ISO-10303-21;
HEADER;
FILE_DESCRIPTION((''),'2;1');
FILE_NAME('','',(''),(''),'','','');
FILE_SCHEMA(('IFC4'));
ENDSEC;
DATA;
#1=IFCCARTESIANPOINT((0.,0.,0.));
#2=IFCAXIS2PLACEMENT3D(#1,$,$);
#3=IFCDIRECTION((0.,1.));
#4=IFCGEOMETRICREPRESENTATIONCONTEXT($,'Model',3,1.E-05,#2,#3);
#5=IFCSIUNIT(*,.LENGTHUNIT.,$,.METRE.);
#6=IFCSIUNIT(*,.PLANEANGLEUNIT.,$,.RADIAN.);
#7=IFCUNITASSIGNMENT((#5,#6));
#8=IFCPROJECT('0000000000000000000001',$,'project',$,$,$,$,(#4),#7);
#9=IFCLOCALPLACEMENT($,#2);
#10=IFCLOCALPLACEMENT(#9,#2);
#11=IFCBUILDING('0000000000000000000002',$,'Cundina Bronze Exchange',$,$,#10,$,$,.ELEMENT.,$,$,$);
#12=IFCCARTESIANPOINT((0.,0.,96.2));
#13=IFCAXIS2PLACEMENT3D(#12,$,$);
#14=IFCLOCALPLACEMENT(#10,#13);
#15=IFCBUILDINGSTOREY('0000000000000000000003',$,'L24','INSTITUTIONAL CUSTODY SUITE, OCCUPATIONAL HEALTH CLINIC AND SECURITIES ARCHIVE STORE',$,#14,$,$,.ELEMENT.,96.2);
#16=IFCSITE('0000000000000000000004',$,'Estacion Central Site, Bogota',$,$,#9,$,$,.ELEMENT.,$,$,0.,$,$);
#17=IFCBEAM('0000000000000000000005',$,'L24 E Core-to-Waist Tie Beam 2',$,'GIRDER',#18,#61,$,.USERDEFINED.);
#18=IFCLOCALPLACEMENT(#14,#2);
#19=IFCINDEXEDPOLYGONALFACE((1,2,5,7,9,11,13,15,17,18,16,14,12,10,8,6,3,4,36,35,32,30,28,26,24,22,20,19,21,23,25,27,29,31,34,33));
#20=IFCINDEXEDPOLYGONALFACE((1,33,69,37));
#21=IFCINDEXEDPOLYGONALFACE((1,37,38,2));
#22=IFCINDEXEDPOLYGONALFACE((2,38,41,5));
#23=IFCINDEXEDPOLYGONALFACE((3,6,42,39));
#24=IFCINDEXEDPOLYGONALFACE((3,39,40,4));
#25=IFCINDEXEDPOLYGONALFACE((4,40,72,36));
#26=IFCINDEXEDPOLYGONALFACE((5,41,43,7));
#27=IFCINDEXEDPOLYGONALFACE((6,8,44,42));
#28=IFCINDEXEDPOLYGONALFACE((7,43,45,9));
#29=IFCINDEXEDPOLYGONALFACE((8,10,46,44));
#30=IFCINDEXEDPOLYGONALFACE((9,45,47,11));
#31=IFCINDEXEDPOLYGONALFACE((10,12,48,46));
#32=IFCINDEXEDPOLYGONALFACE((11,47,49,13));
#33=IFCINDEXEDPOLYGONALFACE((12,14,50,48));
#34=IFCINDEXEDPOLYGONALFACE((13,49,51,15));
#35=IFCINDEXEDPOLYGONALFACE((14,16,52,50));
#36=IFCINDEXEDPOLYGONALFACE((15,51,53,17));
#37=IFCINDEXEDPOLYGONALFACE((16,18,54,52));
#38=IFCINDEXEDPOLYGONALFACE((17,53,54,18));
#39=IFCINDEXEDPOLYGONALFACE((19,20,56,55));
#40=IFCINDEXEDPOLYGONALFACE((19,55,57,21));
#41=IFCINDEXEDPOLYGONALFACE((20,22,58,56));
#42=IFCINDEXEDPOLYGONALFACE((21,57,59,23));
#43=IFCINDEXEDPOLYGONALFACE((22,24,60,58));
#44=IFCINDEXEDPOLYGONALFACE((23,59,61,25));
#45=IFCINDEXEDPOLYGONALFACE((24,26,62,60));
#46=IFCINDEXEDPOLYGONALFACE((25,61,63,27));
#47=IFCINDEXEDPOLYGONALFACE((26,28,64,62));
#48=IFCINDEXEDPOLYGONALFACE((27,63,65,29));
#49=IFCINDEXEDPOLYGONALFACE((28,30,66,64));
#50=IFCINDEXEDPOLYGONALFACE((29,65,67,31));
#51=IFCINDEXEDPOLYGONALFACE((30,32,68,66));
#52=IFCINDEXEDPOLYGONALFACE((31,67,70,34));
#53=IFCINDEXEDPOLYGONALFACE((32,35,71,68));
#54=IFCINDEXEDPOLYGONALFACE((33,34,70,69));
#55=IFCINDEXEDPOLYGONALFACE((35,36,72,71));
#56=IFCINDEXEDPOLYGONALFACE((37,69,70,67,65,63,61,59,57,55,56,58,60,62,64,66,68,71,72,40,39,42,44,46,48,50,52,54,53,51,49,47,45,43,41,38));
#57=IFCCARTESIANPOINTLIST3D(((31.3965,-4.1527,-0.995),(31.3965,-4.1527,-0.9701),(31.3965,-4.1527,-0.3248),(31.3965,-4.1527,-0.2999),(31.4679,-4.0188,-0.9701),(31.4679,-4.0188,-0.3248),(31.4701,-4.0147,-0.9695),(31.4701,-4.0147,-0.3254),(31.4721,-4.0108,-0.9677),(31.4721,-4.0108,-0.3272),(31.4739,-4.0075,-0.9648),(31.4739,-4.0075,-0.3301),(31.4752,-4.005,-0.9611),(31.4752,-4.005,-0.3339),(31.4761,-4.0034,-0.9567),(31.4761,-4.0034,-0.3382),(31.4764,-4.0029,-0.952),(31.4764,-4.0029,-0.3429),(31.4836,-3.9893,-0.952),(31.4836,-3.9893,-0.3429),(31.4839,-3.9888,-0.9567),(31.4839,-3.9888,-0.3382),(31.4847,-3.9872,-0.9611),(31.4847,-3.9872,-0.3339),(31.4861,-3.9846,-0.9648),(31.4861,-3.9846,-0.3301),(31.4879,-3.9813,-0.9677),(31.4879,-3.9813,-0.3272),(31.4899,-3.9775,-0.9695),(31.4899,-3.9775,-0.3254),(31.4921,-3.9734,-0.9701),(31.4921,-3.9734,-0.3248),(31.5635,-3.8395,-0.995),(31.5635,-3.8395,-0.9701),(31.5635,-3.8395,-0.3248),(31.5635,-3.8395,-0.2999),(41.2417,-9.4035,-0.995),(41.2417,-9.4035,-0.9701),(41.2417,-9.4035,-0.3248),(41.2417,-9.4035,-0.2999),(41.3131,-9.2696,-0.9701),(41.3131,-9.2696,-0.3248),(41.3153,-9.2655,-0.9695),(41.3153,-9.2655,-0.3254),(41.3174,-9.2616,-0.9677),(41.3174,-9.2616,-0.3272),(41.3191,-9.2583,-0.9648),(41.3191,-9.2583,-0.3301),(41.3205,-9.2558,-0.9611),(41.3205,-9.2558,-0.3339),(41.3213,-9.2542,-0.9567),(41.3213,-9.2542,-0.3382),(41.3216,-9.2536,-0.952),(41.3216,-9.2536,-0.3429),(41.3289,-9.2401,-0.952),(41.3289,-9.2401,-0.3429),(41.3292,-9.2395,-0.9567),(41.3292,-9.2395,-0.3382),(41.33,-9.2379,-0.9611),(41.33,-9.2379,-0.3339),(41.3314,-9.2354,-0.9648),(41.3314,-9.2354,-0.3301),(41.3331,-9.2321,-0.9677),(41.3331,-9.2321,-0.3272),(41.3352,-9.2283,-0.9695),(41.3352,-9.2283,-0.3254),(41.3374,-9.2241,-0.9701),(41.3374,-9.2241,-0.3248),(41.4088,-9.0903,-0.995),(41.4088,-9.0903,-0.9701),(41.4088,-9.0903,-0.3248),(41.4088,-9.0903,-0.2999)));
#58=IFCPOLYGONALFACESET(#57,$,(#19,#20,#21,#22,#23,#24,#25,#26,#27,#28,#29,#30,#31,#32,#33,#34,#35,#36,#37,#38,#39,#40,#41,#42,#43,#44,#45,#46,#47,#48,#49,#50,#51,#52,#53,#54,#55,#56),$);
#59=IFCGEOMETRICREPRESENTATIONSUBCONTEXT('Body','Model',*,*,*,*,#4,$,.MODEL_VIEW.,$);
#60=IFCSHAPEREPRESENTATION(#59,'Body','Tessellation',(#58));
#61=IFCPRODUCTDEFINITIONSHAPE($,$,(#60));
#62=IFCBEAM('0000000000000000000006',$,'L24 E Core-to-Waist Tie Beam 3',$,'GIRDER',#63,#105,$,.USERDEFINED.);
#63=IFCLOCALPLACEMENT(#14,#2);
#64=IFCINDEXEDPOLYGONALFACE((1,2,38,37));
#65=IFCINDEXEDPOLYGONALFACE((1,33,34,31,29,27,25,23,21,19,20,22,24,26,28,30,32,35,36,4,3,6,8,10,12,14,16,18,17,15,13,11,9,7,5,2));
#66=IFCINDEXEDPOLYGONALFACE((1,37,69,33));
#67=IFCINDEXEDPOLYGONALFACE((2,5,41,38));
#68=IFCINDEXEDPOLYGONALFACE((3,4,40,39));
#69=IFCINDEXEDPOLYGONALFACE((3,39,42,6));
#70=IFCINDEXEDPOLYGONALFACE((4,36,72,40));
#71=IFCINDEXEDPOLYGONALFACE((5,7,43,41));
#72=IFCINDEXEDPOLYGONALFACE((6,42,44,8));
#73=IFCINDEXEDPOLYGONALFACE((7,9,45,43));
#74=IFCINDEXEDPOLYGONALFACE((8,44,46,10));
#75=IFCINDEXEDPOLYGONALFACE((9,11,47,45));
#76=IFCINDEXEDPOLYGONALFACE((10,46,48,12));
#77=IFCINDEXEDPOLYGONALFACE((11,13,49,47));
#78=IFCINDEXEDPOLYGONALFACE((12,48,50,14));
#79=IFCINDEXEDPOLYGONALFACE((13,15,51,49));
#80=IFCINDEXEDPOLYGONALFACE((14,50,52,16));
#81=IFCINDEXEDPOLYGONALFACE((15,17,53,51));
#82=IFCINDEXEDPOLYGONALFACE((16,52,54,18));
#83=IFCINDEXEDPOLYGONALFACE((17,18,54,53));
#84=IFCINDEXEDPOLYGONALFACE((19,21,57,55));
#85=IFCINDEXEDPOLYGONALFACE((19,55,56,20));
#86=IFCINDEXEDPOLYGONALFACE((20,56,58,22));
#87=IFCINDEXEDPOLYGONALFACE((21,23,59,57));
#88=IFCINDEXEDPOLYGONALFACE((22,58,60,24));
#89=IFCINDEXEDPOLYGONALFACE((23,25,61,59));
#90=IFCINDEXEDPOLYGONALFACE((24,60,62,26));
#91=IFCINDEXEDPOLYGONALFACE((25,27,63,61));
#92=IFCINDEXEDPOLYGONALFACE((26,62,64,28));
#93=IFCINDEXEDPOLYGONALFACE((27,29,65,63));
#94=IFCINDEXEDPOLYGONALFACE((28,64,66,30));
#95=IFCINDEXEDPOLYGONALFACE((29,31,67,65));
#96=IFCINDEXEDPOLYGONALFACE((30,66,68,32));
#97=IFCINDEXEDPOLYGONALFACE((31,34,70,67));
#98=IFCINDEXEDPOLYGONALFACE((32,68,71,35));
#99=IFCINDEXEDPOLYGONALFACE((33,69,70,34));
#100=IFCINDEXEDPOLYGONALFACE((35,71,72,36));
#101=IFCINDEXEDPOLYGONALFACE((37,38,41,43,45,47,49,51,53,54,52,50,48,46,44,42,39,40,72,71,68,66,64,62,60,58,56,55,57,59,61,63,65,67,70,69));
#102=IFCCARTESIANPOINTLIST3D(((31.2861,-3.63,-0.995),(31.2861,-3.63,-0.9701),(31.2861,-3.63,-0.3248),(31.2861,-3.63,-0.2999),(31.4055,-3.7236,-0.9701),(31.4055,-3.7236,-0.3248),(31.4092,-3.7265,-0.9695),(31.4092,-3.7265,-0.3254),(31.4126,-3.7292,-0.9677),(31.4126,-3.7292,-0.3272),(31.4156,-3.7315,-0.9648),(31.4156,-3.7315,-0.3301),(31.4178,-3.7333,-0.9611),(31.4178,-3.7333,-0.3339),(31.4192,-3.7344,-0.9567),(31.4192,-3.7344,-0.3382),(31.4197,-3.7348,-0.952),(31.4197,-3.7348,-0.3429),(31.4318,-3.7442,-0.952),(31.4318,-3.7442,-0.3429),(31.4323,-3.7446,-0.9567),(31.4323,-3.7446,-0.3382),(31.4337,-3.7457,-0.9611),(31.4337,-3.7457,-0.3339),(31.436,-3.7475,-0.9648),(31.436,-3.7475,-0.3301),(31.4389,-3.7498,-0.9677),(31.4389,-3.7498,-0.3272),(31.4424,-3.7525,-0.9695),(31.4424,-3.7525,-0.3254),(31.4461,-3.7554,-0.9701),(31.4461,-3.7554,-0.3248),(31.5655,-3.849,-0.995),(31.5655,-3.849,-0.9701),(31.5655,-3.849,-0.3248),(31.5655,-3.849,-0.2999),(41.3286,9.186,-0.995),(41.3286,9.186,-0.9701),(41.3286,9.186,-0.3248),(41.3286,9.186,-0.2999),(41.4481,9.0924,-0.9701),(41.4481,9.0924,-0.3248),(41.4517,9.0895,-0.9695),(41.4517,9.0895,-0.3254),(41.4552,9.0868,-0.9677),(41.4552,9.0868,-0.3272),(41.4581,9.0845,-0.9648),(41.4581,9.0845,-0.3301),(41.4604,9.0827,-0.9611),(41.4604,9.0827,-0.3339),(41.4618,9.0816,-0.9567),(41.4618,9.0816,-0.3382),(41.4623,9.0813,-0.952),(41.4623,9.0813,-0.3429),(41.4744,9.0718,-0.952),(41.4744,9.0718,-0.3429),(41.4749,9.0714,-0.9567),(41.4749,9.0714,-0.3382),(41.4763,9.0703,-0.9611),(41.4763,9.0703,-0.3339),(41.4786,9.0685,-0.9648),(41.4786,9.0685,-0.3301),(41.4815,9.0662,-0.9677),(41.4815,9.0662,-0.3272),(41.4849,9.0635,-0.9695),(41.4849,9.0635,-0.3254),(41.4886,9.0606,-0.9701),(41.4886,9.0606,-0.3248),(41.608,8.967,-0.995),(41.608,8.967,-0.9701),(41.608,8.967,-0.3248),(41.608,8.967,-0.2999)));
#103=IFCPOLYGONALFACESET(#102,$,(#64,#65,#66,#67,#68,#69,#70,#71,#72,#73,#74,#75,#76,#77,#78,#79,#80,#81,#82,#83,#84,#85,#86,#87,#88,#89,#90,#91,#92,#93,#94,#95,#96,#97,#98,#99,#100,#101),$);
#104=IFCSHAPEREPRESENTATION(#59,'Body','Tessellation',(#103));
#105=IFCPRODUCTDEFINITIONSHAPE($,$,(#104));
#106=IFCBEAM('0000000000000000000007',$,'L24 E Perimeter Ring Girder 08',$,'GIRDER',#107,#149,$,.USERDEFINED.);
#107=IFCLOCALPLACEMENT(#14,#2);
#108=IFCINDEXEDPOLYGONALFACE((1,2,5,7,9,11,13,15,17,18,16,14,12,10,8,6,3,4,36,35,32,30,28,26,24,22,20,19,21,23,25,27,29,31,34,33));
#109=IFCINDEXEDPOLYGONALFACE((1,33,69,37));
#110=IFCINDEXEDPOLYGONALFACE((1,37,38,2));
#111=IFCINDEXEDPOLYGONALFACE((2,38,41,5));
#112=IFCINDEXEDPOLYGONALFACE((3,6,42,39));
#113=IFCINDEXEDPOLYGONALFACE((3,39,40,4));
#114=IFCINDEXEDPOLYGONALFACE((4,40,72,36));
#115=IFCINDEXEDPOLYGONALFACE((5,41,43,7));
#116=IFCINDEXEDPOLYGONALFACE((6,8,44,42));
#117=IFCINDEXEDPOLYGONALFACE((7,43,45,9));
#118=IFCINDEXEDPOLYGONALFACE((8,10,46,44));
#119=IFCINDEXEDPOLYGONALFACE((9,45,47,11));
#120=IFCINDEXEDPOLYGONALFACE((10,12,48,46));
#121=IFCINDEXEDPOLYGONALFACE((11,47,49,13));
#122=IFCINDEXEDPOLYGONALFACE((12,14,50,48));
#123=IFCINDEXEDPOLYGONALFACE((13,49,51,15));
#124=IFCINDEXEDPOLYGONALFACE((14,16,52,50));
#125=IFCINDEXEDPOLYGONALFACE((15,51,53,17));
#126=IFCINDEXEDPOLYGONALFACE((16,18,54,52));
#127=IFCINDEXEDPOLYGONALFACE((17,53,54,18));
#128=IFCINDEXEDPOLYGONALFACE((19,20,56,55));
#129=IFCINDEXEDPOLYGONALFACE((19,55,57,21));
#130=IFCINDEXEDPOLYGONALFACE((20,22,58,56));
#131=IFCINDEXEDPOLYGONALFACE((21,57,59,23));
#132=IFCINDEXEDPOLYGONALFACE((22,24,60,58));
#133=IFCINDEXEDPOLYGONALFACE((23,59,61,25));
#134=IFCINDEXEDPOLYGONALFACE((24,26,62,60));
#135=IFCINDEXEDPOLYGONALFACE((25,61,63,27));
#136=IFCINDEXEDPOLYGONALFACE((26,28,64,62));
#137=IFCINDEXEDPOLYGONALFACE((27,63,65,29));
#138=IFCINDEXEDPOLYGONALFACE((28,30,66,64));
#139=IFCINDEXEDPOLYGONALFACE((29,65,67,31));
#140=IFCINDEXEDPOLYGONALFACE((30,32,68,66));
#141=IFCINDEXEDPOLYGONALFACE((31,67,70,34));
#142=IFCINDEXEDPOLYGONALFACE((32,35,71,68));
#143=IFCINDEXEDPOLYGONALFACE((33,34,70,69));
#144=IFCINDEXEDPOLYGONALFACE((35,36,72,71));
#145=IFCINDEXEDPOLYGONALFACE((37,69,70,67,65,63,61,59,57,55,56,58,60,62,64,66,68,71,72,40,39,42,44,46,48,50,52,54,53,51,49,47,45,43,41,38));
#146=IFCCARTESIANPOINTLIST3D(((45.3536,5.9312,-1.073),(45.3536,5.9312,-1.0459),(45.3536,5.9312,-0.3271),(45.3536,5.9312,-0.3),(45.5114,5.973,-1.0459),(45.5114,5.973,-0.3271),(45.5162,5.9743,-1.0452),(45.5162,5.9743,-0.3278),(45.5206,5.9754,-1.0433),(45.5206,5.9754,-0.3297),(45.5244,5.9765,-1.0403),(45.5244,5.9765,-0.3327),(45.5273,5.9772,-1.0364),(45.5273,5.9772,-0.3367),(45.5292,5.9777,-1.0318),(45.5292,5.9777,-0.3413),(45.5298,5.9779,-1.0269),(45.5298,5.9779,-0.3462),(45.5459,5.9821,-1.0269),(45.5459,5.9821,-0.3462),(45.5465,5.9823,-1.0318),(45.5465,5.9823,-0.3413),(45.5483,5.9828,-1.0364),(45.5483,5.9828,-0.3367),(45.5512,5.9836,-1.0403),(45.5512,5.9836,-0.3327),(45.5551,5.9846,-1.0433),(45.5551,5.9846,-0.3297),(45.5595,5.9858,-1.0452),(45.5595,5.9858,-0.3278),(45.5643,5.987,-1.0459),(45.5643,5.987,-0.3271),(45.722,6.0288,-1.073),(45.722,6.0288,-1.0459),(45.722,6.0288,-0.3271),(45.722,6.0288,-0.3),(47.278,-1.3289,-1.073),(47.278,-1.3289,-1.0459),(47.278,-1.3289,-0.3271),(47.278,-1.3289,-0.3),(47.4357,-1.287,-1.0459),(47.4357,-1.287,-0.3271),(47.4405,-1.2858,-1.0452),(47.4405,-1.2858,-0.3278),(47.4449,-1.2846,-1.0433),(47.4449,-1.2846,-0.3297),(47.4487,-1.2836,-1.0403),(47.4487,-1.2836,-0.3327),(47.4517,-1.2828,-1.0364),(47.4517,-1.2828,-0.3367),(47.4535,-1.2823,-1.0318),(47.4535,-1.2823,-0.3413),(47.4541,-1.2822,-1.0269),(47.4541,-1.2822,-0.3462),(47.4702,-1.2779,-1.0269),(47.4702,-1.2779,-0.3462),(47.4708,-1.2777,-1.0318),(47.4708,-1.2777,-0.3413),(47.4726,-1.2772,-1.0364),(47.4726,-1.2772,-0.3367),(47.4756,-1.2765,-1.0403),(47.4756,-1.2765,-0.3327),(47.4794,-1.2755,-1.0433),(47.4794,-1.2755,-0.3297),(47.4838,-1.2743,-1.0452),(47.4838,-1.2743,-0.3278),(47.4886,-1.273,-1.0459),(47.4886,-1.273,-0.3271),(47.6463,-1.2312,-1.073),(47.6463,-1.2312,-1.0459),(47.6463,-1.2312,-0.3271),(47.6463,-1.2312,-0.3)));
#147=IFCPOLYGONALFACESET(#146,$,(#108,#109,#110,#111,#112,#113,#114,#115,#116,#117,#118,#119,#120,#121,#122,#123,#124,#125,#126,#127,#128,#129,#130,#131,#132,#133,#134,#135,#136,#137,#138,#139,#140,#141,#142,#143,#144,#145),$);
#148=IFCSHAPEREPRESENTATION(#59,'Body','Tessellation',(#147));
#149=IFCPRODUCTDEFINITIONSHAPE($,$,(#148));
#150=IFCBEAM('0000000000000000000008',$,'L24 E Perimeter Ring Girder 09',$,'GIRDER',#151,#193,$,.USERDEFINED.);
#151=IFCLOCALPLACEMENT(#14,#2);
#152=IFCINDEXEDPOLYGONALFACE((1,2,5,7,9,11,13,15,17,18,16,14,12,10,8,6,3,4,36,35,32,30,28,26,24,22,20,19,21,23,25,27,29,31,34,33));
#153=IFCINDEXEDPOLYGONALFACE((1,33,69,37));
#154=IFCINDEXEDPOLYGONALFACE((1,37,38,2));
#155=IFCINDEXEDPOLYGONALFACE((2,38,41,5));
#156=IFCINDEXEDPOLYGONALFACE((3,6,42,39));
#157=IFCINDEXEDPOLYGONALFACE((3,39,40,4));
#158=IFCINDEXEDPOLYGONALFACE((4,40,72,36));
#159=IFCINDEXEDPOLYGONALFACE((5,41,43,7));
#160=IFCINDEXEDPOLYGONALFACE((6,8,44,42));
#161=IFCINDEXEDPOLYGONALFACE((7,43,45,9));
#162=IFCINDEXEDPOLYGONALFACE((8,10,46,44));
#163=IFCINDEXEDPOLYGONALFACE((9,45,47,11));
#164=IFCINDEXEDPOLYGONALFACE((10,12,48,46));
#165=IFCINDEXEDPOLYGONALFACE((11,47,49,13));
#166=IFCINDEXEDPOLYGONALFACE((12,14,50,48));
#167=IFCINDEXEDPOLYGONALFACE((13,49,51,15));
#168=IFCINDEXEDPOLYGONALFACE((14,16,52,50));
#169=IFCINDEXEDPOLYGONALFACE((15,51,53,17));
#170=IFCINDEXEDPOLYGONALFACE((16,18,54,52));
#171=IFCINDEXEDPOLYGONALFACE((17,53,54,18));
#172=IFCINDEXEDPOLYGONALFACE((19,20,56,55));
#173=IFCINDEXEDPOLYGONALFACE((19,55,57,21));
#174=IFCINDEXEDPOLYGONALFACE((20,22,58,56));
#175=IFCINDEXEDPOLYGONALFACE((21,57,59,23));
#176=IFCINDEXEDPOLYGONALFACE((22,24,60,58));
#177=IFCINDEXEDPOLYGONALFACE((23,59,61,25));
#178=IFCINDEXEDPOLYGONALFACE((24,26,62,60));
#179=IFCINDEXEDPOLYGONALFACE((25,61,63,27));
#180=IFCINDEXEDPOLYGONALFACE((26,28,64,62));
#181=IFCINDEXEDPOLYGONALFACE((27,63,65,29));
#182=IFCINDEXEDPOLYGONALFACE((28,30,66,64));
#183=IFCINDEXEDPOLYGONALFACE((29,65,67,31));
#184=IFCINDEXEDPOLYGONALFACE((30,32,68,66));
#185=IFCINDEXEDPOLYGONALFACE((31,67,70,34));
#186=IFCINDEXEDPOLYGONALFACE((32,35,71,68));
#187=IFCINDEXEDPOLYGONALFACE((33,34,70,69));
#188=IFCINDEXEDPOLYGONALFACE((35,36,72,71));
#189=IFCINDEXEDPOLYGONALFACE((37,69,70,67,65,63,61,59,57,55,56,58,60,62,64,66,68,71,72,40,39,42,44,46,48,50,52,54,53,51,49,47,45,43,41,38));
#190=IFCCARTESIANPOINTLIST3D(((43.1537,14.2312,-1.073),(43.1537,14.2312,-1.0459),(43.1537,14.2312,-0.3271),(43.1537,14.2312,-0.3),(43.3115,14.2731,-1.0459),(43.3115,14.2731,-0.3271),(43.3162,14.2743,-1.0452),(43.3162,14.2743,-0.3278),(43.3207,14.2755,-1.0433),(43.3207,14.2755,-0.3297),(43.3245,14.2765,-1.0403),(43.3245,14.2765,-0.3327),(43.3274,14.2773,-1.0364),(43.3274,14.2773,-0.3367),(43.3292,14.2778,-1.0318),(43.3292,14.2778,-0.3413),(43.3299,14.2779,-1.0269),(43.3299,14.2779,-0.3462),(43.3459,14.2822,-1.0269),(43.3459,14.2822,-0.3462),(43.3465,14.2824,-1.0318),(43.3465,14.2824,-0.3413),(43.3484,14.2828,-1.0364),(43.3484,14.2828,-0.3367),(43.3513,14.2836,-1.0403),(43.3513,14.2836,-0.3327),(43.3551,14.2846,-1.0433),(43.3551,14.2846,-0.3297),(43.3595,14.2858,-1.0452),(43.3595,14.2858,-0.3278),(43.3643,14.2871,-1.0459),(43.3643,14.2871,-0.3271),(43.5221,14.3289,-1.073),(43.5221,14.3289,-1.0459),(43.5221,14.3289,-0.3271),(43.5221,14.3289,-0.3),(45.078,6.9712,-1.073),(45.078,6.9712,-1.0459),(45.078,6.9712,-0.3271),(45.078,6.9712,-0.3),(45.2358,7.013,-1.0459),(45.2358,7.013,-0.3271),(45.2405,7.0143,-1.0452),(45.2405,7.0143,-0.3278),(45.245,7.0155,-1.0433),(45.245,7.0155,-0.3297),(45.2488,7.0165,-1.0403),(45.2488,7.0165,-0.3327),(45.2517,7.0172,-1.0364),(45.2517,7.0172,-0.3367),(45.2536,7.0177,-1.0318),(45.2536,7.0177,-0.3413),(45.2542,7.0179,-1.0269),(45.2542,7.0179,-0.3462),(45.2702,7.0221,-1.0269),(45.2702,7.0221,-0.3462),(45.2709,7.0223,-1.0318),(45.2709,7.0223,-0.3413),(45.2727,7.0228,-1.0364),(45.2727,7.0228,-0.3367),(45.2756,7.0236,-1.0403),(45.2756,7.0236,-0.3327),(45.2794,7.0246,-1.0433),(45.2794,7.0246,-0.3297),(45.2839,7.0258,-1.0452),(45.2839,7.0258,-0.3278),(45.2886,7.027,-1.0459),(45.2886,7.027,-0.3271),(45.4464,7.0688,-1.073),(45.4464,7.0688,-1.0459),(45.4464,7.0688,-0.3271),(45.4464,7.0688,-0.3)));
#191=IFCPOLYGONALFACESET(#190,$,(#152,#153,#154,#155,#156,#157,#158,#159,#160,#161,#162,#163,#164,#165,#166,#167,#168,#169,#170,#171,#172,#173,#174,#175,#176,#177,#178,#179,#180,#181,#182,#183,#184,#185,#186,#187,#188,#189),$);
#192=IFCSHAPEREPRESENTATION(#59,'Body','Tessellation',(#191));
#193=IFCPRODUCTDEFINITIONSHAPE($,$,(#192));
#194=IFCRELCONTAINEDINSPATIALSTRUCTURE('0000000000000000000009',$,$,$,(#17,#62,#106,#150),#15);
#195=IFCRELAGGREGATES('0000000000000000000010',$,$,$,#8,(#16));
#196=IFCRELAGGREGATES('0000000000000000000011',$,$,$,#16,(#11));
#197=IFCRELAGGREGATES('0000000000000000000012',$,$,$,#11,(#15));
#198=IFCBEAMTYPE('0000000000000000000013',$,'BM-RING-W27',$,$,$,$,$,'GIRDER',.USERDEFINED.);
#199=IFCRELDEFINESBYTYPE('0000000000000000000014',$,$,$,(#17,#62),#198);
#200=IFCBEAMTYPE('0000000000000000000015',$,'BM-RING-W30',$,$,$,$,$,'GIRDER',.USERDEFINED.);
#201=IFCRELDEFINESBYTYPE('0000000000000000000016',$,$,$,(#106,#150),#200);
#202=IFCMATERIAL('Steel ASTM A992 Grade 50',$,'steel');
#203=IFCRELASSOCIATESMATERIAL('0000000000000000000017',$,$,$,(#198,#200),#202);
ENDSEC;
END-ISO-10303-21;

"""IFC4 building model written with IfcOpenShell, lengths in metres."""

from ifc_helpers import new_model, si_unit, direction, frame, origin, origin_2d, place, context, subcontext, project, spatial, i_section, extrude, material, material_profile, profile_set, type_object, element, save


model = new_model("IFC4")

# Units and contexts
model_context = context("Model", 3, precision=1e-05, world=origin(), true_north=direction((0.0, 1.0)))
body_context = subcontext(model_context, "Body", "Model", "MODEL_VIEW")
ifc_project = project(units=[si_unit("LENGTHUNIT", "METRE"), si_unit("PLANEANGLEUNIT", "RADIAN")], contexts=[model_context])

# Site, building, storey
site_placement = place(None, origin())
site = spatial("IfcSite", under=ifc_project, at=site_placement, Name="Estacion Central Site, Bogota", CompositionType="ELEMENT", RefElevation=0.0)
building_placement = place(site_placement, origin())
building = spatial("IfcBuilding", under=site, at=building_placement, Name="Cundina Bronze Exchange", CompositionType="ELEMENT")
storey_placement = place(building_placement, frame((0.0, 0.0, 96.2)))
storey = spatial("IfcBuildingStorey", under=building, at=storey_placement, Name="L24", Description="INSTITUTIONAL CUSTODY SUITE, OCCUPATIONAL HEALTH CLINIC AND SECURITIES ARCHIVE STORE", CompositionType="ELEMENT", Elevation=96.2)

# Shared definitions
ifc_material_1 = material(Name="Steel ASTM A992 Grade 50", Category="steel")

# Beams
ifc_material_profile_1 = material_profile(ifc_material_1, i_section(OverallWidth=0.355, OverallDepth=0.6951, WebThickness=0.0154, FlangeThickness=0.0249, FilletRadius=0.0181, at=origin_2d()), Name="W27X146", Category="steel")
ifc_profile_set_1 = profile_set([ifc_material_profile_1], Name="Steel ASTM A992 Grade 50")
beam_type_1 = type_object("IfcBeamType", Name="BM-RING-W27", ElementType="GIRDER", PredefinedType="USERDEFINED", material=ifc_profile_set_1)
beam_1_placement = place(storey_placement, frame((31.48, -3.9961, -0.6475), z_axis=(0.882355, -0.470585, 0.0), x_axis=(0.470585, 0.882355, 0.0)))
element("IfcBeam", 1, at=beam_1_placement, inside=storey, type_object=beam_type_1, Name="L24 E Core-to-Waist Tie Beam 2", ObjectType="GIRDER", PredefinedType="USERDEFINED", context=body_context, shape_type="SweptSolid", body=[
    extrude(i_section(OverallWidth=0.355, OverallDepth=0.6951, WebThickness=0.0154, FlangeThickness=0.0249, FilletRadius=0.0181, at=origin_2d()), origin(), (0.0, 0.0, 1.0), 11.158),
])
beam_2_placement = place(storey_placement, frame((31.4258, -3.7395, -0.6475), z_axis=(0.616789, 0.787128, 0.0), x_axis=(-0.787128, 0.616789, 0.0)))
element("IfcBeam", 2, at=beam_2_placement, inside=storey, type_object=beam_type_1, Name="L24 E Core-to-Waist Tie Beam 3", ObjectType="GIRDER", PredefinedType="USERDEFINED", context=body_context, shape_type="SweptSolid", body=[
    extrude(i_section(OverallWidth=0.355, OverallDepth=0.6951, WebThickness=0.0154, FlangeThickness=0.0249, FilletRadius=0.0181, at=origin_2d()), origin(), (0.0, 0.0, 1.0), 16.282),
])
ifc_material_profile_2 = material_profile(ifc_material_1, i_section(OverallWidth=0.3811, OverallDepth=0.7729, WebThickness=0.0166, FlangeThickness=0.0271, FilletRadius=0.019, at=origin_2d()), Name="W30X173", Category="steel")
ifc_profile_set_2 = profile_set([ifc_material_profile_2], Name="Steel ASTM A992 Grade 50")
beam_type_2 = type_object("IfcBeamType", Name="BM-RING-W30", ElementType="GIRDER", PredefinedType="USERDEFINED", material=ifc_profile_set_2)
for number, where, z_axis, x_axis, name in (
    (3, (47.4622, -1.28, -0.6865), (-0.25621, 0.966621, 0.0), (-0.966621, -0.25621, 0.0), "L24 E Perimeter Ring Girder 08"),
    (4, (45.2622, 7.02, -0.6865), (-0.25621, 0.966621, 0.0), (-0.966621, -0.25621, 0.0), "L24 E Perimeter Ring Girder 09"),
):
    element("IfcBeam", number, at=place(storey_placement, frame(where, z_axis=z_axis, x_axis=x_axis)), inside=storey, type_object=beam_type_2, Name=name, ObjectType="GIRDER", PredefinedType="USERDEFINED", context=body_context, shape_type="SweptSolid", body=[
        extrude(i_section(OverallWidth=0.3811, OverallDepth=0.7729, WebThickness=0.0166, FlangeThickness=0.0271, FilletRadius=0.019, at=origin_2d()), origin(), (0.0, 0.0, 1.0), 7.5107),
    ])

save(model, "model.ifc")
